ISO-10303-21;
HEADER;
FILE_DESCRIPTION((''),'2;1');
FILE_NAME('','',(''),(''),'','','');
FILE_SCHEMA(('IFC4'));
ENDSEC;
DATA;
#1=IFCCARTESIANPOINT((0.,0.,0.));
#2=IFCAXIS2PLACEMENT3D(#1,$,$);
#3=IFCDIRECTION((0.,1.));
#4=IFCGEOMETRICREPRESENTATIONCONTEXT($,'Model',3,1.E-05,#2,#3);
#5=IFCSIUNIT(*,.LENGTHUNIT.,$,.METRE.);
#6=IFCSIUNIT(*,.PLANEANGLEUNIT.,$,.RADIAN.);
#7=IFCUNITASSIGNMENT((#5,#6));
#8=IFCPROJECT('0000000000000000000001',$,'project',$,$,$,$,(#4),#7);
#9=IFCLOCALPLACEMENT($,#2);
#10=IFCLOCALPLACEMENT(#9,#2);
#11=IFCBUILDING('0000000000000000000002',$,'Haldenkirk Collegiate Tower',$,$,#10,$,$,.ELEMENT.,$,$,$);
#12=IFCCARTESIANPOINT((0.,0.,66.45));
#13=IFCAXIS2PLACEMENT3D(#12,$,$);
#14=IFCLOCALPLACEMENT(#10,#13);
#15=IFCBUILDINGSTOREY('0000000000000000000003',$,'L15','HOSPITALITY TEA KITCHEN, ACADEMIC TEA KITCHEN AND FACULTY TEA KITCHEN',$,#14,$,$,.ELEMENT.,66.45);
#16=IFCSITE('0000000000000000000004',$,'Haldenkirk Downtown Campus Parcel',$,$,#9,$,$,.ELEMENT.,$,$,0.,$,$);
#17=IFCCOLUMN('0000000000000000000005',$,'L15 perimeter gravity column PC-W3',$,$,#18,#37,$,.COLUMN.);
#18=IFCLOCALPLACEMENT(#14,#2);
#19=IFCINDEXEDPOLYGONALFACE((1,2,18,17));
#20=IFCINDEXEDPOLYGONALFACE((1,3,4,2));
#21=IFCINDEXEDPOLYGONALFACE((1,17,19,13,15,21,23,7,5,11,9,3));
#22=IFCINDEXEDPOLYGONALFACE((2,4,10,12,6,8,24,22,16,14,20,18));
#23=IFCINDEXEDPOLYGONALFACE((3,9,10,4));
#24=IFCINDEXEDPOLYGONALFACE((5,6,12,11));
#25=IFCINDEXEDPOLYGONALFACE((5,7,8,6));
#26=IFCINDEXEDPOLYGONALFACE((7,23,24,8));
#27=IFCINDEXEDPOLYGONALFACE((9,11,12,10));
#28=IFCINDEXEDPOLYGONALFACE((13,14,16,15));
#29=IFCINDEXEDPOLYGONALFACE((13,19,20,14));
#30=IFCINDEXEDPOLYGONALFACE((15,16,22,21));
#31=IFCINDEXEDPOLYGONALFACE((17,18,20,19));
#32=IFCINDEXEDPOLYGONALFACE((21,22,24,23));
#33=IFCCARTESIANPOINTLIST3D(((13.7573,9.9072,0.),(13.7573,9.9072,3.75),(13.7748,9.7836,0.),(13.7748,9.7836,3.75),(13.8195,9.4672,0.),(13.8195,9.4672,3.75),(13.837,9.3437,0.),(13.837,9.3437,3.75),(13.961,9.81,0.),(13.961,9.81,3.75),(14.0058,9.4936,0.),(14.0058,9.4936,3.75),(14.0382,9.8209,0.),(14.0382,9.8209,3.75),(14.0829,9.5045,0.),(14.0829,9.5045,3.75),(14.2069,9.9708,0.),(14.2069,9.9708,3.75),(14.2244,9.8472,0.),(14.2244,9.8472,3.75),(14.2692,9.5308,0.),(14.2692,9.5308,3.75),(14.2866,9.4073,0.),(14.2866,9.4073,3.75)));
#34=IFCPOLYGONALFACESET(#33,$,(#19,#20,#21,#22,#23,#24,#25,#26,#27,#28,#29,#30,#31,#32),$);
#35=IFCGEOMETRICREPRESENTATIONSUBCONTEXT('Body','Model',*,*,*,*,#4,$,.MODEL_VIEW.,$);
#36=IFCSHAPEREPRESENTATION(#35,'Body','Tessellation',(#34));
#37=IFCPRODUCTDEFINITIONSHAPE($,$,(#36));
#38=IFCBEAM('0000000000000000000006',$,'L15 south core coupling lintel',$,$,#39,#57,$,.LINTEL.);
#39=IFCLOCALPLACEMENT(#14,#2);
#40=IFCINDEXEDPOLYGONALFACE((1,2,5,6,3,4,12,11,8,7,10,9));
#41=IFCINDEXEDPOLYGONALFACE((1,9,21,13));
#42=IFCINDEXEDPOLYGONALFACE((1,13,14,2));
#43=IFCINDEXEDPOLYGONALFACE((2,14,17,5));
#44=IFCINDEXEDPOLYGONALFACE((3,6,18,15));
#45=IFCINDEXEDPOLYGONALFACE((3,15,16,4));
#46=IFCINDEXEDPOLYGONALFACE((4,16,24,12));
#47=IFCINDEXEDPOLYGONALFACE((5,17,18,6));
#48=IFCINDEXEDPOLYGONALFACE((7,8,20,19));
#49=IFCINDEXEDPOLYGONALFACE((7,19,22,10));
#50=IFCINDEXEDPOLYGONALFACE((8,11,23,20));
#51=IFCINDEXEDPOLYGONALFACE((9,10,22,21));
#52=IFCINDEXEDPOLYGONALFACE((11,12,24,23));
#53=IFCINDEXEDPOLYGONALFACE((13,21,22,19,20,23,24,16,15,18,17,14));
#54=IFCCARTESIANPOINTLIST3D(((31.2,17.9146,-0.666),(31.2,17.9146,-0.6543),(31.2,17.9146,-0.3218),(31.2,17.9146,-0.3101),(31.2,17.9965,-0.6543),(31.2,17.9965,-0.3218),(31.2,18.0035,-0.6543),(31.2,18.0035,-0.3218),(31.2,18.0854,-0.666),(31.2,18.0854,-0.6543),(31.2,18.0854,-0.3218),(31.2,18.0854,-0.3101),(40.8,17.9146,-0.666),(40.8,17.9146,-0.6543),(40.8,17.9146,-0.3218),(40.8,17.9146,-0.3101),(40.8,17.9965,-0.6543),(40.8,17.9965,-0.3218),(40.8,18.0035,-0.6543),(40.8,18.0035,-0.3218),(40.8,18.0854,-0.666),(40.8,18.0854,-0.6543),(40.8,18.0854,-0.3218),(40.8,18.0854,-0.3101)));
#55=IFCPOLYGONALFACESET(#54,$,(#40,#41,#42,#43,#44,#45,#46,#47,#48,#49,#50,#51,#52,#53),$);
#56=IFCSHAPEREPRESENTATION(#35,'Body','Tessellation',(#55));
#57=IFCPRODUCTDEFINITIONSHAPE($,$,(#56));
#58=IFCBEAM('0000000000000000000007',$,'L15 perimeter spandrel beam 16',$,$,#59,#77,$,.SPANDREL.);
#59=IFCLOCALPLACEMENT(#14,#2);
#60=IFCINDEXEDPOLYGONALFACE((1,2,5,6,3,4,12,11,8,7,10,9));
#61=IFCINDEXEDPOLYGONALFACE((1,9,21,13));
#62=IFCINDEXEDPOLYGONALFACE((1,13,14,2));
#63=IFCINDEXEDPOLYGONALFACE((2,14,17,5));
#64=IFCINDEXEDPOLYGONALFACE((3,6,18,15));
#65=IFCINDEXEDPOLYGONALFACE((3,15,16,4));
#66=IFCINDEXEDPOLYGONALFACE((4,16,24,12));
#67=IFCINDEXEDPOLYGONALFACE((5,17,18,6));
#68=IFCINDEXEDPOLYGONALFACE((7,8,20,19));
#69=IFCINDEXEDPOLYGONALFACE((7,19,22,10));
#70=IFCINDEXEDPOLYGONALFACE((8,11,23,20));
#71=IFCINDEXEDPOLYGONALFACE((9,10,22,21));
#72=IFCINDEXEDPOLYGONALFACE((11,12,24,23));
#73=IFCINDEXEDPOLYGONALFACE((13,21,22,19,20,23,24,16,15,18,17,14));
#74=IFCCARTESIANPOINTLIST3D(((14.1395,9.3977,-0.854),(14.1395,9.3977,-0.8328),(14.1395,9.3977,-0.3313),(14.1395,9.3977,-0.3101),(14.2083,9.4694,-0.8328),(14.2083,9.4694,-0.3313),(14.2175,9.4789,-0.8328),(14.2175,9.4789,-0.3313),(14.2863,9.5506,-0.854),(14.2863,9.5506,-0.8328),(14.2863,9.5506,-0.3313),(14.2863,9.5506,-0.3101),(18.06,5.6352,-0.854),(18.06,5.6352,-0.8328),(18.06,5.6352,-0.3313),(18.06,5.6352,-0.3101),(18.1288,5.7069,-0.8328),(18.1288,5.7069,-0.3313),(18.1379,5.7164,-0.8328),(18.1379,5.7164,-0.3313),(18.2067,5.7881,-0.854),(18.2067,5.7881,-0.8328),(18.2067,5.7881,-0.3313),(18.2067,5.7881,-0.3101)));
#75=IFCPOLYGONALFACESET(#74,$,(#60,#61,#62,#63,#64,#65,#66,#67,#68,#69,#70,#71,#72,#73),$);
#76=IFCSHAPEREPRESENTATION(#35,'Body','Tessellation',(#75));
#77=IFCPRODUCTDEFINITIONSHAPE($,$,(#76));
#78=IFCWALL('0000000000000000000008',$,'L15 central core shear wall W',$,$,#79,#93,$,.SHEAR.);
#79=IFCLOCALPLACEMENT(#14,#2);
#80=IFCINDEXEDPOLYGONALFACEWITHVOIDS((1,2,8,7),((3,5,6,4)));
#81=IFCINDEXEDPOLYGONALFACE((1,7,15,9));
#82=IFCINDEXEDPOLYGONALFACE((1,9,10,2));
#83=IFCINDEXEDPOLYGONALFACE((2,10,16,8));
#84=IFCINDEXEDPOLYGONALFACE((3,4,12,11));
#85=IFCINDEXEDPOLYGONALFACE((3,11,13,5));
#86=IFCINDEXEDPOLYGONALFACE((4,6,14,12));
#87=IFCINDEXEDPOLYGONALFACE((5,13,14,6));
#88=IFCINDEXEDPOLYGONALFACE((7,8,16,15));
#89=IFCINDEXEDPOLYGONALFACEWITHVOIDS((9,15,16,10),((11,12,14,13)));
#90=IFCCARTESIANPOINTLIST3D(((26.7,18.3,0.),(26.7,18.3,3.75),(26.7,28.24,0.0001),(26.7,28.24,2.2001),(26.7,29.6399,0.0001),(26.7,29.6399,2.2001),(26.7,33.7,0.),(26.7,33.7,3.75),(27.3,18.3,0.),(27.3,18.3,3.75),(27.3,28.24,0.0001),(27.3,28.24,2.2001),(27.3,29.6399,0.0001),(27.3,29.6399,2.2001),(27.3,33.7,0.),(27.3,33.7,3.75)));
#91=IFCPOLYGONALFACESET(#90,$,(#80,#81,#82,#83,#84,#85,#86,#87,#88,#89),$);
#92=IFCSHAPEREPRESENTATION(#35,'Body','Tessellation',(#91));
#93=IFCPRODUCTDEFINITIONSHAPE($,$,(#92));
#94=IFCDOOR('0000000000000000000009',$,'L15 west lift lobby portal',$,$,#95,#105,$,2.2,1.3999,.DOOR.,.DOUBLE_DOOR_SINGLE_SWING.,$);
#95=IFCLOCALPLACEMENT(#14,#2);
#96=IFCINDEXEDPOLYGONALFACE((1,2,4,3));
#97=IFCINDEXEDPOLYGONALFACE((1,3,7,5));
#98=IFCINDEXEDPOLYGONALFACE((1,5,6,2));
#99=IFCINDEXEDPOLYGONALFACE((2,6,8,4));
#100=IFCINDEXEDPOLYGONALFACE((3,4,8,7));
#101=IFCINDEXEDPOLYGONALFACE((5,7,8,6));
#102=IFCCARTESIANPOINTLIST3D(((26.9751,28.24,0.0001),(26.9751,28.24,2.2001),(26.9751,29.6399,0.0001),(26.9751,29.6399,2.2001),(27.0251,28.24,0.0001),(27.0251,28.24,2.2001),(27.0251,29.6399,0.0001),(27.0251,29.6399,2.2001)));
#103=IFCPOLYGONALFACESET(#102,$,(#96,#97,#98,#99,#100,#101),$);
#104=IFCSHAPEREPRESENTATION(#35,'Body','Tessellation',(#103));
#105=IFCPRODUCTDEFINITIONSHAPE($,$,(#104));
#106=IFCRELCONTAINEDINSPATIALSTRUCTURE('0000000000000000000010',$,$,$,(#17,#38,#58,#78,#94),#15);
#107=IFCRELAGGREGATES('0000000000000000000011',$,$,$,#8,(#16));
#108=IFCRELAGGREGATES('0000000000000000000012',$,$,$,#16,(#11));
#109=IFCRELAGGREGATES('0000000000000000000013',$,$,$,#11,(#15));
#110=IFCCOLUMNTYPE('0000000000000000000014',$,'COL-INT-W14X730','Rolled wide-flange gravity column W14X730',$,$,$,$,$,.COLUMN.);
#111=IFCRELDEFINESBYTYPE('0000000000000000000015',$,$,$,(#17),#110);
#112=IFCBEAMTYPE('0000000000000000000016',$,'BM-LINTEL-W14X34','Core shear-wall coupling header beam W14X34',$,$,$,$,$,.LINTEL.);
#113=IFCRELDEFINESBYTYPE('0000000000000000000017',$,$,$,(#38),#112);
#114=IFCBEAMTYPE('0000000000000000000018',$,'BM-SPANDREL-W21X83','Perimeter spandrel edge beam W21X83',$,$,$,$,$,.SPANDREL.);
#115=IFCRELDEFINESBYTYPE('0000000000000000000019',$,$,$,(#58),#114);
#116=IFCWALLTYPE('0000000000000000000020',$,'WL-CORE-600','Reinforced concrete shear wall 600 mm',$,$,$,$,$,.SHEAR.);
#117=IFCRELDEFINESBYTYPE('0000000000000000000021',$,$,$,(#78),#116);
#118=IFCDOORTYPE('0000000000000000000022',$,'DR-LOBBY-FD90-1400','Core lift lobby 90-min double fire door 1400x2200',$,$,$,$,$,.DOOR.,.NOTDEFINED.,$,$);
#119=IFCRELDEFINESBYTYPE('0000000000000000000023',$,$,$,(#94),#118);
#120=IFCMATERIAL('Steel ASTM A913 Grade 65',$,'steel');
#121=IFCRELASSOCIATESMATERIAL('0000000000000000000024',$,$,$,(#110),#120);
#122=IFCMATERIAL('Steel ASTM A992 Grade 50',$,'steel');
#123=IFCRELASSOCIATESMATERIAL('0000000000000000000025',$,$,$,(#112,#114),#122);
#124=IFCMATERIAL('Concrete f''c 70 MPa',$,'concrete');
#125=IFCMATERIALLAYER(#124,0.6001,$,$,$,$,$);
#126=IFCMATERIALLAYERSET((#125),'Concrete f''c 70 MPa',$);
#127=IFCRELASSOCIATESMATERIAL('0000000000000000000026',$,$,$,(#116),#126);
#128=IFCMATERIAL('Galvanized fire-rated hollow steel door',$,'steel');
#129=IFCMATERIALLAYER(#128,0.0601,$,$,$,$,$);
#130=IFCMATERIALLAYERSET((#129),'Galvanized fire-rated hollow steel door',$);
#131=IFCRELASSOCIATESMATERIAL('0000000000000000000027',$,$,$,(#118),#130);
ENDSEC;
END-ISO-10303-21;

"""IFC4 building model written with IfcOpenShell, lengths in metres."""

from ifc_helpers import new_model, si_unit, direction, frame, frame_2d, origin, origin_2d, place, context, subcontext, project, spatial, rectangle, i_section, extrude, material, layer, layer_set, material_profile, profile_set, type_object, element, fill, save


model = new_model("IFC4")

# Units and contexts
model_context = context("Model", 3, precision=1e-05, world=origin(), true_north=direction((0.0, 1.0)))
body_context = subcontext(model_context, "Body", "Model", "MODEL_VIEW")
ifc_project = project(units=[si_unit("LENGTHUNIT", "METRE"), si_unit("PLANEANGLEUNIT", "RADIAN")], contexts=[model_context])

# Site, building, storey
site_placement = place(None, origin())
site = spatial("IfcSite", under=ifc_project, at=site_placement, Name="Haldenkirk Downtown Campus Parcel", CompositionType="ELEMENT", RefElevation=0.0)
building_placement = place(site_placement, origin())
building = spatial("IfcBuilding", under=site, at=building_placement, Name="Haldenkirk Collegiate Tower", CompositionType="ELEMENT")
storey_placement = place(building_placement, frame((0.0, 0.0, 66.45)))
storey = spatial("IfcBuildingStorey", under=building, at=storey_placement, Name="L15", Description="HOSPITALITY TEA KITCHEN, ACADEMIC TEA KITCHEN AND FACULTY TEA KITCHEN", CompositionType="ELEMENT", Elevation=66.45)

# Column
ifc_material_1 = material(Name="Steel ASTM A913 Grade 65", Category="steel")
ifc_material_profile_1 = material_profile(ifc_material_1, i_section(OverallWidth=0.4541, OverallDepth=0.5691, WebThickness=0.0779, FlangeThickness=0.1248, at=origin_2d()), Name="W14X730")
ifc_profile_set_1 = profile_set([ifc_material_profile_1], Name="Steel ASTM A913 Grade 65")
column_type = type_object("IfcColumnType", Name="COL-INT-W14X730", Description="Rolled wide-flange gravity column W14X730", PredefinedType="COLUMN", material=ifc_profile_set_1)
column_placement = place(storey_placement, frame((14.022, 9.6572, 0.0), z_axis=(0.0, 0.0, 1.0), x_axis=(0.990146, 0.140037, 0.0)))
element("IfcColumn", 1, at=column_placement, inside=storey, type_object=column_type, Name="L15 perimeter gravity column PC-W3", PredefinedType="COLUMN", context=body_context, shape_type="SweptSolid", body=[
    extrude(i_section(OverallWidth=0.4541, OverallDepth=0.5691, WebThickness=0.0779, FlangeThickness=0.1248, at=origin_2d()), origin(), (0.0, 0.0, 1.0), 3.75),
])

# Beams
ifc_material_2 = material(Name="Steel ASTM A992 Grade 50", Category="steel")
ifc_material_profile_2 = material_profile(ifc_material_2, i_section(OverallWidth=0.1709, OverallDepth=0.356, WebThickness=0.0071, FlangeThickness=0.0117, at=origin_2d()), Name="W14X34")
ifc_profile_set_2 = profile_set([ifc_material_profile_2], Name="Steel ASTM A992 Grade 50")
beam_type_1 = type_object("IfcBeamType", Name="BM-LINTEL-W14X34", Description="Core shear-wall coupling header beam W14X34", PredefinedType="LINTEL", material=ifc_profile_set_2)
beam_1_placement = place(storey_placement, frame((31.2, 18.0, -0.488), z_axis=(1.0, 0.0, 0.0), x_axis=(0.0, 1.0, 0.0)))
element("IfcBeam", 2, at=beam_1_placement, inside=storey, type_object=beam_type_1, Name="L15 south core coupling lintel", PredefinedType="LINTEL", context=body_context, shape_type="SweptSolid", body=[
    extrude(i_section(OverallWidth=0.1709, OverallDepth=0.356, WebThickness=0.0071, FlangeThickness=0.0117, at=origin_2d()), origin(), (0.0, 0.0, 1.0), 9.6001),
])
ifc_material_profile_3 = material_profile(ifc_material_2, i_section(OverallWidth=0.2119, OverallDepth=0.5439, WebThickness=0.0132, FlangeThickness=0.0212, at=origin_2d()), Name="W21X83")
ifc_profile_set_3 = profile_set([ifc_material_profile_3], Name="Steel ASTM A992 Grade 50")
beam_type_2 = type_object("IfcBeamType", Name="BM-SPANDREL-W21X83", Description="Perimeter spandrel edge beam W21X83", PredefinedType="SPANDREL", material=ifc_profile_set_3)
beam_2_placement = place(storey_placement, frame((14.2129, 9.4741, -0.582), z_axis=(0.721492, -0.692422, 0.0), x_axis=(0.692422, 0.721492, 0.0)))
element("IfcBeam", 3, at=beam_2_placement, inside=storey, type_object=beam_type_2, Name="L15 perimeter spandrel beam 16", PredefinedType="SPANDREL", context=body_context, shape_type="SweptSolid", body=[
    extrude(i_section(OverallWidth=0.2119, OverallDepth=0.5439, WebThickness=0.0132, FlangeThickness=0.0212, at=origin_2d()), origin(), (0.0, 0.0, 1.0), 5.4338),
])

# Shared definitions
ifc_material_3 = material(Name="Concrete f'c 70 MPa", Category="concrete")
ifc_layer_1 = layer(ifc_material_3, 0.6001)
ifc_layer_set_1 = layer_set([ifc_layer_1], Name="Concrete f'c 70 MPa")
wall_type_1 = type_object("IfcWallType", Name="WL-CORE-600", Description="Reinforced concrete shear wall 600 mm", PredefinedType="SHEAR", material=ifc_layer_set_1)
ifc_material_4 = material(Name="Galvanized fire-rated hollow steel door", Category="steel")

# Wall, opening, door
wall_1_placement = place(storey_placement, frame((27.0, 18.3, 0.0), z_axis=(0.0, 0.0, 1.0), x_axis=(0.0, 1.0, 0.0)))
wall_1 = element("IfcWall", 4, at=wall_1_placement, inside=storey, type_object=wall_type_1, Name="L15 central core shear wall W", PredefinedType="SHEAR", context=body_context, shape_type="SweptSolid", body=[
    extrude(rectangle(XDim=15.3999, YDim=0.6001, at=frame_2d((7.7, 0.0))), origin(), (0.0, 0.0, 1.0), 3.75),
])
opening_1_placement = place(wall_1_placement, frame((9.9399, 0.0, 0.0)))
opening_1 = element("IfcOpeningElement", 5, at=opening_1_placement, cuts=wall_1, PredefinedType="OPENING", context=body_context, shape_type="SweptSolid", body=[
    extrude(rectangle(XDim=1.3999, YDim=2.2, at=frame_2d((0.7, 1.1001))), frame((0.0, 0.3101, 0.0), z_axis=(0.0, -1.0, 0.0), x_axis=(1.0, 0.0, 0.0)), (0.0, 0.0, 1.0), 0.6201),
])
ifc_layer_2 = layer(ifc_material_4, 0.0601)
ifc_layer_set_2 = layer_set([ifc_layer_2], Name="Galvanized fire-rated hollow steel door")
door_type_1 = type_object("IfcDoorType", Name="DR-LOBBY-FD90-1400", Description="Core lift lobby 90-min double fire door 1400x2200", OperationType="NOTDEFINED", PredefinedType="DOOR", material=ifc_layer_set_2)
door_1_placement = place(opening_1_placement, origin())
door_1 = element("IfcDoor", 6, at=door_1_placement, inside=storey, type_object=door_type_1, Name="L15 west lift lobby portal", OperationType="DOUBLE_DOOR_SINGLE_SWING", OverallHeight=2.2, OverallWidth=1.3999, PredefinedType="DOOR", context=body_context, shape_type="SweptSolid", body=[
    extrude(rectangle(XDim=1.3999, YDim=2.2, at=frame_2d((0.7, 1.1001))), frame((0.0, 0.0249, 0.0), z_axis=(0.0, -1.0, 0.0), x_axis=(1.0, 0.0, 0.0)), (0.0, 0.0, 1.0), 0.05),
])
fill(opening_1, door_1)

save(model, "model.ifc")
